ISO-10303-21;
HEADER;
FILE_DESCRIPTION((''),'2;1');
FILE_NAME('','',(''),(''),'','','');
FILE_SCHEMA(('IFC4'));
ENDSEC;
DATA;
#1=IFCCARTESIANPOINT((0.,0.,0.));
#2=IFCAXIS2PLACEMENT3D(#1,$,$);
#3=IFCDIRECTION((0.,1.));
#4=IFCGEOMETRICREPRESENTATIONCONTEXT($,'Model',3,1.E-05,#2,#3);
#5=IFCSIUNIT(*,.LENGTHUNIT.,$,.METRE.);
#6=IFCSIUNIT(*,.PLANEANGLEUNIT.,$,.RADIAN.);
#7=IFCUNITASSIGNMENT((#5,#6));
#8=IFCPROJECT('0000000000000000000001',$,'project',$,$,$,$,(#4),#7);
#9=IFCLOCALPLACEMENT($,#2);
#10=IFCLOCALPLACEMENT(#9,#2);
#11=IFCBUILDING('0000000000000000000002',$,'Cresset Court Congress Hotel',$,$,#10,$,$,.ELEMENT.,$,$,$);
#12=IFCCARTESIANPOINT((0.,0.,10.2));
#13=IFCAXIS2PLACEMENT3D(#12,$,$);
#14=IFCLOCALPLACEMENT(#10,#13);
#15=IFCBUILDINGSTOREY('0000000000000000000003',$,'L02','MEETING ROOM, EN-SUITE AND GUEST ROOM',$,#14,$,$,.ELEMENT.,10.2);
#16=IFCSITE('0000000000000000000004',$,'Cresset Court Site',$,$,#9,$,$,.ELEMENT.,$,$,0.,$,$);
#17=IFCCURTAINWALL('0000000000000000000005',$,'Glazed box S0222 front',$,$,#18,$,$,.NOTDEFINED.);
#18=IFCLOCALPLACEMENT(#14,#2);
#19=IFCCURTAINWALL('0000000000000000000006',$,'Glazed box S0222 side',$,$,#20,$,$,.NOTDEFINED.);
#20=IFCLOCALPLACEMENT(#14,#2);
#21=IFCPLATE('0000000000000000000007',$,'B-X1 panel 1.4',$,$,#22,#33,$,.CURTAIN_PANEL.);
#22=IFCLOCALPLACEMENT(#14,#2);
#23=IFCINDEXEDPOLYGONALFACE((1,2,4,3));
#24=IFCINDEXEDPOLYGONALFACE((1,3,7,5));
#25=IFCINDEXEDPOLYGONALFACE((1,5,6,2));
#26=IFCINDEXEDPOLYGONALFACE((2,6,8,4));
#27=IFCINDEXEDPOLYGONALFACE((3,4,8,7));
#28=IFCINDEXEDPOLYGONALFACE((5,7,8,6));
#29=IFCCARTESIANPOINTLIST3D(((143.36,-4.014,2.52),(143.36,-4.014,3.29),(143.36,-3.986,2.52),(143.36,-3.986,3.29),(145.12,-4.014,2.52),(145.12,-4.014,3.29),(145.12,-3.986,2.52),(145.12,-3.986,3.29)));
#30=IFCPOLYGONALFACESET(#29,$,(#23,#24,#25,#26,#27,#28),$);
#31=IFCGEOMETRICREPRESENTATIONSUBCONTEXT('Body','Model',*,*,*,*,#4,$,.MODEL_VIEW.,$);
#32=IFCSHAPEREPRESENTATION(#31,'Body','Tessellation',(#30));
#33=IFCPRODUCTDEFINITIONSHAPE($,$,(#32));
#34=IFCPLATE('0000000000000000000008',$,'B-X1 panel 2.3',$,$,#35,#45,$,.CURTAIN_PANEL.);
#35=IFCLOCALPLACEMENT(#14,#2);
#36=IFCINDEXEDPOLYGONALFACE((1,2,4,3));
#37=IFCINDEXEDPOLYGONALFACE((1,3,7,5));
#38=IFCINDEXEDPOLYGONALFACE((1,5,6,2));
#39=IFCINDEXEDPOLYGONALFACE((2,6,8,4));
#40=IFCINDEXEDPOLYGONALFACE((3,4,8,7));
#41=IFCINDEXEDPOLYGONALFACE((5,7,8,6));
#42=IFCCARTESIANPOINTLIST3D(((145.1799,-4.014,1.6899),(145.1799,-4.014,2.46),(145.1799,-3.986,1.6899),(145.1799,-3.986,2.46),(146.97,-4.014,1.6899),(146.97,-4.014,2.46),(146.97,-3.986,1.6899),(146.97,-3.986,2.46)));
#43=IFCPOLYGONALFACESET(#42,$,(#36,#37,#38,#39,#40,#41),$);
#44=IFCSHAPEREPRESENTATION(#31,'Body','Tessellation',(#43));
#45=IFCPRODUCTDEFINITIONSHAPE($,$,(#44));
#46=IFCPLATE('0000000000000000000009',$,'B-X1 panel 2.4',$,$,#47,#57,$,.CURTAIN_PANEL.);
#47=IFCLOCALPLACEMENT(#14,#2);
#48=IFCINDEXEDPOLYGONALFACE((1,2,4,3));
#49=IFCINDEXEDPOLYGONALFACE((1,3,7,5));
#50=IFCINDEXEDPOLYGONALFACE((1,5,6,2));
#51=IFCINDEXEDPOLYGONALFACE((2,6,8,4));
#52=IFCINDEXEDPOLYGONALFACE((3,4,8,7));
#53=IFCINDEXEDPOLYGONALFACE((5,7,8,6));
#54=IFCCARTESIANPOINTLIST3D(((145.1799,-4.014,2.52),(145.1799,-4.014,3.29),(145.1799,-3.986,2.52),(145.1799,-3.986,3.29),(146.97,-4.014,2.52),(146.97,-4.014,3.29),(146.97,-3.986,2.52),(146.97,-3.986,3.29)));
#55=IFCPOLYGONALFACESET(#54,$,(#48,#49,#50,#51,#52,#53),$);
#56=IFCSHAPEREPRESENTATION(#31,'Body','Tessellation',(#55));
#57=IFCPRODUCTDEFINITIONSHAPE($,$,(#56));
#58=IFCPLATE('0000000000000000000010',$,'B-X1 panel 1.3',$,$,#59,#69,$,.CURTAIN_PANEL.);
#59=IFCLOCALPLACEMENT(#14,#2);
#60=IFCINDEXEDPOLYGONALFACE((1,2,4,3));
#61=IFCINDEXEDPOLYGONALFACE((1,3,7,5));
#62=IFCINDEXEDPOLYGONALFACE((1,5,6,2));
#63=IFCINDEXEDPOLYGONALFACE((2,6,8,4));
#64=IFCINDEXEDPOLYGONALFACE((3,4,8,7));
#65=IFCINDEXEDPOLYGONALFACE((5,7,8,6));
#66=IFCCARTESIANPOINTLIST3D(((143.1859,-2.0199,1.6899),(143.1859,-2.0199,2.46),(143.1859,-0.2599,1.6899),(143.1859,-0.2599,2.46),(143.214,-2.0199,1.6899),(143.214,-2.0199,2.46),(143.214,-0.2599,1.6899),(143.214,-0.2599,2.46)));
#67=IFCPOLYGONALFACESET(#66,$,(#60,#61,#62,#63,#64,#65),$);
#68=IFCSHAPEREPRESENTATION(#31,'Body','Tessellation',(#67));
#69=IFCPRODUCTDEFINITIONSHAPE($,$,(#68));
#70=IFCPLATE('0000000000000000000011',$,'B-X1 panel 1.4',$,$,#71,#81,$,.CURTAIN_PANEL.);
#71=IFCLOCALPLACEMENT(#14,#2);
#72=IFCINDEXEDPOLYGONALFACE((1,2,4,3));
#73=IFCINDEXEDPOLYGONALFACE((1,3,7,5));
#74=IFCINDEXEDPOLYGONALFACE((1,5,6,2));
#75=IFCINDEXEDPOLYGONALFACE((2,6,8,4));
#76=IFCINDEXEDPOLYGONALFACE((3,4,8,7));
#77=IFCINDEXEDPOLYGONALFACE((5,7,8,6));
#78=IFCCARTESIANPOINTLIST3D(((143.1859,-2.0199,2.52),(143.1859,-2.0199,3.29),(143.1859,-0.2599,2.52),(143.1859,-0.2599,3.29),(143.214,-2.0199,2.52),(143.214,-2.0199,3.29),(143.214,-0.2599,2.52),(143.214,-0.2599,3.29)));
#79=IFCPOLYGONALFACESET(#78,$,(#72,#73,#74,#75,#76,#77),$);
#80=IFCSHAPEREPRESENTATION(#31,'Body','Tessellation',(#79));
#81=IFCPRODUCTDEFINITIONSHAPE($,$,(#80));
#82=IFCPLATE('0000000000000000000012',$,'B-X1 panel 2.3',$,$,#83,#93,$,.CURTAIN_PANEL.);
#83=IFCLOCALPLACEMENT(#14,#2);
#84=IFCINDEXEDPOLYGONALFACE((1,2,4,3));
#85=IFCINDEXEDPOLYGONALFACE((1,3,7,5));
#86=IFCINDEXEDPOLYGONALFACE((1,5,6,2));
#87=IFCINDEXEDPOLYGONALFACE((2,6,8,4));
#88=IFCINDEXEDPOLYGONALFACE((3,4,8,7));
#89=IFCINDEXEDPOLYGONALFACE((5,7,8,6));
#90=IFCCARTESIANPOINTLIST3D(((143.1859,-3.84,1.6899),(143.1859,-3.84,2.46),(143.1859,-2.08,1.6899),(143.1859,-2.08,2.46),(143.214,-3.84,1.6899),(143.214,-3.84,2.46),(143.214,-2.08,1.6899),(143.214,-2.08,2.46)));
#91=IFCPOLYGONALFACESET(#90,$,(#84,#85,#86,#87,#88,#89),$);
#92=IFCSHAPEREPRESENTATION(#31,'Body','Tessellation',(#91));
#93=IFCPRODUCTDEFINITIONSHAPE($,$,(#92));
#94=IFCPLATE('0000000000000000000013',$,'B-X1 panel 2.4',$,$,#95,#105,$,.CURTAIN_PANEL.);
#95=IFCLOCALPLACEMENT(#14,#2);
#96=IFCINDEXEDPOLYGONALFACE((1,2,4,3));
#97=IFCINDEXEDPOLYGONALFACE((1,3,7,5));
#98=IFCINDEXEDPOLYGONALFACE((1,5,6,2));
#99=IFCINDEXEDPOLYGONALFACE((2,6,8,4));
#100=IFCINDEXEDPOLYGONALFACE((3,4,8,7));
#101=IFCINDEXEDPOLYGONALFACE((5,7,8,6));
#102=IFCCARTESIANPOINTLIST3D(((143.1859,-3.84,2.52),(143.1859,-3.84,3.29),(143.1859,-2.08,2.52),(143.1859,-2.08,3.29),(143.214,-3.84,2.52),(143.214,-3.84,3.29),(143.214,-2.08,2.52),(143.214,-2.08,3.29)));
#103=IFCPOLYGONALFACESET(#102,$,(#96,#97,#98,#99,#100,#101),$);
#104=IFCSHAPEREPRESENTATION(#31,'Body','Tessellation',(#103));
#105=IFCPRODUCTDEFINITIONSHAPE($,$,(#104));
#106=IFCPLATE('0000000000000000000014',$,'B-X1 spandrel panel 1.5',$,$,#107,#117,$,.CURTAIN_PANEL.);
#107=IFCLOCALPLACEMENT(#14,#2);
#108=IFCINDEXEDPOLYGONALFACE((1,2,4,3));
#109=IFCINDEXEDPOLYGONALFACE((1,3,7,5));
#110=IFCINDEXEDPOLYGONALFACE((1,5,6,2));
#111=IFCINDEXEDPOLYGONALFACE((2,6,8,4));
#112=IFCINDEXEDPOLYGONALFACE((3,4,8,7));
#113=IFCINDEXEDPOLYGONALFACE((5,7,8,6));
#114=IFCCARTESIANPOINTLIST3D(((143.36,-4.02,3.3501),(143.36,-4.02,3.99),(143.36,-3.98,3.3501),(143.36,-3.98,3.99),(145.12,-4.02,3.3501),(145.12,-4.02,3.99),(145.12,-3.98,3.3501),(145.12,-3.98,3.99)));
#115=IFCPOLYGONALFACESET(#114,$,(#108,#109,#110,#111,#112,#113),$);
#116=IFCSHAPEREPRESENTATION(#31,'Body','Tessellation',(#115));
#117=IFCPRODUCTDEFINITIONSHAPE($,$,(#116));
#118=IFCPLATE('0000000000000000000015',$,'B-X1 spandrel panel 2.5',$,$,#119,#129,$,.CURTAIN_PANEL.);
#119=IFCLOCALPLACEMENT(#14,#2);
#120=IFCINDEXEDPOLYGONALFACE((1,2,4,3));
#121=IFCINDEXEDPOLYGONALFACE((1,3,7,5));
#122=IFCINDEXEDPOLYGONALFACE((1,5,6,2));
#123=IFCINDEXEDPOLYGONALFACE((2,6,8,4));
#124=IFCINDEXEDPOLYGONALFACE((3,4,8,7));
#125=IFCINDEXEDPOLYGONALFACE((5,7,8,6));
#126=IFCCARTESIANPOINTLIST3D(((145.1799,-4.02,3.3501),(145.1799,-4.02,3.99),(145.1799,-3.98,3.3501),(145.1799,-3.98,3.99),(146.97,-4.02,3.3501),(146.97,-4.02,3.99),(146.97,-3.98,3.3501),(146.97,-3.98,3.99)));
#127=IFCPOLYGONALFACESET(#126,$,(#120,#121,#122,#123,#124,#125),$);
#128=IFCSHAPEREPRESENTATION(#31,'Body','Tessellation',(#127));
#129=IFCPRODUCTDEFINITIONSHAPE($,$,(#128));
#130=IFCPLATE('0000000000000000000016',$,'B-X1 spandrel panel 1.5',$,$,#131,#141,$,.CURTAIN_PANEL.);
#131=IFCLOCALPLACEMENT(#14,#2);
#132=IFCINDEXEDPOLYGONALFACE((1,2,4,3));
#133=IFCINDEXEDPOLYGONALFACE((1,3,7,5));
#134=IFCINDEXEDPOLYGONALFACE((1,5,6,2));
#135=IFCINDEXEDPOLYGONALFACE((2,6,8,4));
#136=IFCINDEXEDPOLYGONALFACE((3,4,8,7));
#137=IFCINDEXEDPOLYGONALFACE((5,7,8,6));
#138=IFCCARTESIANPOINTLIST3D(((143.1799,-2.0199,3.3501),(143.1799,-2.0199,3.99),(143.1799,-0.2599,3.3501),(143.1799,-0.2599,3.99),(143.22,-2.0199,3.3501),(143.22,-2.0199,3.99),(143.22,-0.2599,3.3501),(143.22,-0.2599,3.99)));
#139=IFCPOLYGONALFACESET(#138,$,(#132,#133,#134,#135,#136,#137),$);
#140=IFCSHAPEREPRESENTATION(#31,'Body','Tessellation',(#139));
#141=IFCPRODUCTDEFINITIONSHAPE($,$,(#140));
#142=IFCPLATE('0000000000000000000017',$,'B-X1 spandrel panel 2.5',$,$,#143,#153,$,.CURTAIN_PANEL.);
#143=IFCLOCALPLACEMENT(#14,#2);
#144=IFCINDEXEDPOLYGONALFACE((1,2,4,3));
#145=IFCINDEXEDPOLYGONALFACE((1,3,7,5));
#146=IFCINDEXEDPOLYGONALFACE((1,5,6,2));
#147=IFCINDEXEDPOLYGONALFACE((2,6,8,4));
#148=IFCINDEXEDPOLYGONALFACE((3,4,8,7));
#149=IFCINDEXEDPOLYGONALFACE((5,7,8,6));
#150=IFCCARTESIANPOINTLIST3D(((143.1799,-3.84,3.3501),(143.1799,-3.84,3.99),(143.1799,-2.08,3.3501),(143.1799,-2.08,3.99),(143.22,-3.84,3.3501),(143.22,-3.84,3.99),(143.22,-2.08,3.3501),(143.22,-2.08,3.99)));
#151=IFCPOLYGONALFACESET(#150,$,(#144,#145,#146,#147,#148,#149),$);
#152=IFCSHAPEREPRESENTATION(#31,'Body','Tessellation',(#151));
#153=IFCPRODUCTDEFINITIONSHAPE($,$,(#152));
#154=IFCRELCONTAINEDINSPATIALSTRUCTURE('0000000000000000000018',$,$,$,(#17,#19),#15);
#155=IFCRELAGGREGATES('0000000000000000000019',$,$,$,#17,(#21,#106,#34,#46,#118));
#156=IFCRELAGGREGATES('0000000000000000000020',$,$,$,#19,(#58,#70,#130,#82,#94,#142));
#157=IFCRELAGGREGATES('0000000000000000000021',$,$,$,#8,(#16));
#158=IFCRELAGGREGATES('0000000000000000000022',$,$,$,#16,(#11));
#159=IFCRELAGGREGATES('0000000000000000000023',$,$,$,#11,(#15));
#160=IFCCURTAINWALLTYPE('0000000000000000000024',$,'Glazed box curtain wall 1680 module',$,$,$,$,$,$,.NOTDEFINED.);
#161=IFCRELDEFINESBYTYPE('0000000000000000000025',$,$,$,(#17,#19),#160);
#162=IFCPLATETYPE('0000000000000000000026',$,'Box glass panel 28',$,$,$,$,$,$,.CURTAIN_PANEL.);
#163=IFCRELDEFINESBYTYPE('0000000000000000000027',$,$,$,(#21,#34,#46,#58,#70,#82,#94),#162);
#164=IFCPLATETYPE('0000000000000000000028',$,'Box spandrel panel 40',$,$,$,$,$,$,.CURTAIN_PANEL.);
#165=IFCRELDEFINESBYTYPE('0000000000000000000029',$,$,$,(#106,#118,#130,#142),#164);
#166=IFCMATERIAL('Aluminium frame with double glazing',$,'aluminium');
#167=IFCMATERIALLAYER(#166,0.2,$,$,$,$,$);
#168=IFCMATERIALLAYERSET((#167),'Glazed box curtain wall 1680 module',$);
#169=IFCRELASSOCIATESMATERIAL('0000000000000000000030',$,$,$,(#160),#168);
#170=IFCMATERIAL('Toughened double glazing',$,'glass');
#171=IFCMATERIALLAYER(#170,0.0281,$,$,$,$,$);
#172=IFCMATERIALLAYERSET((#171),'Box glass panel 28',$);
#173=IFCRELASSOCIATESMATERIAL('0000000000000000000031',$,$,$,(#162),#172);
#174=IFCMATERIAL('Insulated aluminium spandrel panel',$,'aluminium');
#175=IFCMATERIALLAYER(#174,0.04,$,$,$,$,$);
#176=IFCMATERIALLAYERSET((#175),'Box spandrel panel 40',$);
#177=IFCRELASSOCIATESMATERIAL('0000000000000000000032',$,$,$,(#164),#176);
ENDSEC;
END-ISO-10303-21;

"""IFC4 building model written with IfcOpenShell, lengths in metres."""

from ifc_helpers import new_model, si_unit, direction, frame, origin, origin_2d, place, context, subcontext, project, spatial, rectangle, extrude, material, layer, layer_set, type_object, element, aggregate, save


model = new_model("IFC4")

# Units and contexts
model_context = context("Model", 3, precision=1e-05, world=origin(), true_north=direction((0.0, 1.0)))
body_context = subcontext(model_context, "Body", "Model", "MODEL_VIEW")
ifc_project = project(units=[si_unit("LENGTHUNIT", "METRE"), si_unit("PLANEANGLEUNIT", "RADIAN")], contexts=[model_context])

# Site, building, storey
site_placement = place(None, origin())
site = spatial("IfcSite", under=ifc_project, at=site_placement, Name="Cresset Court Site", CompositionType="ELEMENT", RefElevation=0.0)
building_placement = place(site_placement, origin())
building = spatial("IfcBuilding", under=site, at=building_placement, Name="Cresset Court Congress Hotel", CompositionType="ELEMENT")
storey_placement = place(building_placement, frame((0.0, 0.0, 10.2)))
storey = spatial("IfcBuildingStorey", under=building, at=storey_placement, Name="L02", Description="MEETING ROOM, EN-SUITE AND GUEST ROOM", CompositionType="ELEMENT", Elevation=10.2)

# Curtain walls
ifc_material_1 = material(Name="Aluminium frame with double glazing", Category="aluminium")
ifc_layer_1 = layer(ifc_material_1, 0.2)
ifc_layer_set_1 = layer_set([ifc_layer_1], Name="Glazed box curtain wall 1680 module")
curtain_wall_type = type_object("IfcCurtainWallType", Name="Glazed box curtain wall 1680 module", PredefinedType="NOTDEFINED", material=ifc_layer_set_1)
curtain_wall_1_placement = place(storey_placement, origin())
curtain_wall_1 = element("IfcCurtainWall", 1, at=curtain_wall_1_placement, inside=storey, type_object=curtain_wall_type, Name="Glazed box S0222 front", PredefinedType="NOTDEFINED")
curtain_wall_2_placement = place(storey_placement, origin())
curtain_wall_2 = element("IfcCurtainWall", 2, at=curtain_wall_2_placement, inside=storey, type_object=curtain_wall_type, Name="Glazed box S0222 side", PredefinedType="NOTDEFINED")

# Plates
ifc_material_2 = material(Name="Toughened double glazing", Category="glass")
ifc_layer_2 = layer(ifc_material_2, 0.0281)
ifc_layer_set_2 = layer_set([ifc_layer_2], Name="Box glass panel 28")
plate_type_1 = type_object("IfcPlateType", Name="Box glass panel 28", PredefinedType="CURTAIN_PANEL", material=ifc_layer_set_2)
plate_1_placement = place(storey_placement, frame((144.24, -4.0, 2.52), z_axis=(0.0, 0.0, 1.0), x_axis=(1.0, 0.0, 0.0)))
plate_1 = element("IfcPlate", 3, at=plate_1_placement, type_object=plate_type_1, Name="B-X1 panel 1.4", PredefinedType="CURTAIN_PANEL", context=body_context, shape_type="SweptSolid", body=[
    extrude(rectangle(XDim=1.76, YDim=0.0281, at=origin_2d()), origin(), (0.0, 0.0, 1.0), 0.77),
])
plate_2_placement = place(storey_placement, frame((146.075, -4.0, 1.6899), z_axis=(0.0, 0.0, 1.0), x_axis=(1.0, 0.0, 0.0)))
plate_2 = element("IfcPlate", 4, at=plate_2_placement, type_object=plate_type_1, Name="B-X1 panel 2.3", PredefinedType="CURTAIN_PANEL", context=body_context, shape_type="SweptSolid", body=[
    extrude(rectangle(XDim=1.79, YDim=0.0281, at=origin_2d()), origin(), (0.0, 0.0, 1.0), 0.77),
])
plate_3_placement = place(storey_placement, frame((146.075, -4.0, 2.52), z_axis=(0.0, 0.0, 1.0), x_axis=(1.0, 0.0, 0.0)))
plate_3 = element("IfcPlate", 5, at=plate_3_placement, type_object=plate_type_1, Name="B-X1 panel 2.4", PredefinedType="CURTAIN_PANEL", context=body_context, shape_type="SweptSolid", body=[
    extrude(rectangle(XDim=1.79, YDim=0.0281, at=origin_2d()), origin(), (0.0, 0.0, 1.0), 0.77),
])
plate_4_placement = place(storey_placement, frame((143.2, -1.1399, 1.6899), z_axis=(0.0, 0.0, 1.0), x_axis=(0.0, -1.0, 0.0)))
plate_4 = element("IfcPlate", 6, at=plate_4_placement, type_object=plate_type_1, Name="B-X1 panel 1.3", PredefinedType="CURTAIN_PANEL", context=body_context, shape_type="SweptSolid", body=[
    extrude(rectangle(XDim=1.76, YDim=0.0281, at=origin_2d()), origin(), (0.0, 0.0, 1.0), 0.77),
])
plate_5_placement = place(storey_placement, frame((143.2, -1.1399, 2.52), z_axis=(0.0, 0.0, 1.0), x_axis=(0.0, -1.0, 0.0)))
plate_5 = element("IfcPlate", 7, at=plate_5_placement, type_object=plate_type_1, Name="B-X1 panel 1.4", PredefinedType="CURTAIN_PANEL", context=body_context, shape_type="SweptSolid", body=[
    extrude(rectangle(XDim=1.76, YDim=0.0281, at=origin_2d()), origin(), (0.0, 0.0, 1.0), 0.77),
])
plate_6_placement = place(storey_placement, frame((143.2, -2.96, 1.6899), z_axis=(0.0, 0.0, 1.0), x_axis=(0.0, -1.0, 0.0)))
plate_6 = element("IfcPlate", 8, at=plate_6_placement, type_object=plate_type_1, Name="B-X1 panel 2.3", PredefinedType="CURTAIN_PANEL", context=body_context, shape_type="SweptSolid", body=[
    extrude(rectangle(XDim=1.76, YDim=0.0281, at=origin_2d()), origin(), (0.0, 0.0, 1.0), 0.77),
])
plate_7_placement = place(storey_placement, frame((143.2, -2.96, 2.52), z_axis=(0.0, 0.0, 1.0), x_axis=(0.0, -1.0, 0.0)))
plate_7 = element("IfcPlate", 9, at=plate_7_placement, type_object=plate_type_1, Name="B-X1 panel 2.4", PredefinedType="CURTAIN_PANEL", context=body_context, shape_type="SweptSolid", body=[
    extrude(rectangle(XDim=1.76, YDim=0.0281, at=origin_2d()), origin(), (0.0, 0.0, 1.0), 0.77),
])
ifc_material_3 = material(Name="Insulated aluminium spandrel panel", Category="aluminium")
ifc_layer_3 = layer(ifc_material_3, 0.04)
ifc_layer_set_3 = layer_set([ifc_layer_3], Name="Box spandrel panel 40")
plate_type_2 = type_object("IfcPlateType", Name="Box spandrel panel 40", PredefinedType="CURTAIN_PANEL", material=ifc_layer_set_3)
plate_8_placement = place(storey_placement, frame((144.24, -4.0, 3.3501), z_axis=(0.0, 0.0, 1.0), x_axis=(1.0, 0.0, 0.0)))
plate_8 = element("IfcPlate", 10, at=plate_8_placement, type_object=plate_type_2, Name="B-X1 spandrel panel 1.5", PredefinedType="CURTAIN_PANEL", context=body_context, shape_type="SweptSolid", body=[
    extrude(rectangle(XDim=1.76, YDim=0.04, at=origin_2d()), origin(), (0.0, 0.0, 1.0), 0.6399),
])
plate_9_placement = place(storey_placement, frame((146.075, -4.0, 3.3501), z_axis=(0.0, 0.0, 1.0), x_axis=(1.0, 0.0, 0.0)))
plate_9 = element("IfcPlate", 11, at=plate_9_placement, type_object=plate_type_2, Name="B-X1 spandrel panel 2.5", PredefinedType="CURTAIN_PANEL", context=body_context, shape_type="SweptSolid", body=[
    extrude(rectangle(XDim=1.79, YDim=0.04, at=origin_2d()), origin(), (0.0, 0.0, 1.0), 0.6399),
])
aggregate(curtain_wall_1, [plate_1, plate_8, plate_2, plate_3, plate_9])
plate_10_placement = place(storey_placement, frame((143.2, -1.1399, 3.3501), z_axis=(0.0, 0.0, 1.0), x_axis=(0.0, -1.0, 0.0)))
plate_10 = element("IfcPlate", 12, at=plate_10_placement, type_object=plate_type_2, Name="B-X1 spandrel panel 1.5", PredefinedType="CURTAIN_PANEL", context=body_context, shape_type="SweptSolid", body=[
    extrude(rectangle(XDim=1.76, YDim=0.04, at=origin_2d()), origin(), (0.0, 0.0, 1.0), 0.6399),
])
plate_11_placement = place(storey_placement, frame((143.2, -2.96, 3.3501), z_axis=(0.0, 0.0, 1.0), x_axis=(0.0, -1.0, 0.0)))
plate_11 = element("IfcPlate", 13, at=plate_11_placement, type_object=plate_type_2, Name="B-X1 spandrel panel 2.5", PredefinedType="CURTAIN_PANEL", context=body_context, shape_type="SweptSolid", body=[
    extrude(rectangle(XDim=1.76, YDim=0.04, at=origin_2d()), origin(), (0.0, 0.0, 1.0), 0.6399),
])
aggregate(curtain_wall_2, [plate_4, plate_5, plate_10, plate_6, plate_7, plate_11])

save(model, "model.ifc")
